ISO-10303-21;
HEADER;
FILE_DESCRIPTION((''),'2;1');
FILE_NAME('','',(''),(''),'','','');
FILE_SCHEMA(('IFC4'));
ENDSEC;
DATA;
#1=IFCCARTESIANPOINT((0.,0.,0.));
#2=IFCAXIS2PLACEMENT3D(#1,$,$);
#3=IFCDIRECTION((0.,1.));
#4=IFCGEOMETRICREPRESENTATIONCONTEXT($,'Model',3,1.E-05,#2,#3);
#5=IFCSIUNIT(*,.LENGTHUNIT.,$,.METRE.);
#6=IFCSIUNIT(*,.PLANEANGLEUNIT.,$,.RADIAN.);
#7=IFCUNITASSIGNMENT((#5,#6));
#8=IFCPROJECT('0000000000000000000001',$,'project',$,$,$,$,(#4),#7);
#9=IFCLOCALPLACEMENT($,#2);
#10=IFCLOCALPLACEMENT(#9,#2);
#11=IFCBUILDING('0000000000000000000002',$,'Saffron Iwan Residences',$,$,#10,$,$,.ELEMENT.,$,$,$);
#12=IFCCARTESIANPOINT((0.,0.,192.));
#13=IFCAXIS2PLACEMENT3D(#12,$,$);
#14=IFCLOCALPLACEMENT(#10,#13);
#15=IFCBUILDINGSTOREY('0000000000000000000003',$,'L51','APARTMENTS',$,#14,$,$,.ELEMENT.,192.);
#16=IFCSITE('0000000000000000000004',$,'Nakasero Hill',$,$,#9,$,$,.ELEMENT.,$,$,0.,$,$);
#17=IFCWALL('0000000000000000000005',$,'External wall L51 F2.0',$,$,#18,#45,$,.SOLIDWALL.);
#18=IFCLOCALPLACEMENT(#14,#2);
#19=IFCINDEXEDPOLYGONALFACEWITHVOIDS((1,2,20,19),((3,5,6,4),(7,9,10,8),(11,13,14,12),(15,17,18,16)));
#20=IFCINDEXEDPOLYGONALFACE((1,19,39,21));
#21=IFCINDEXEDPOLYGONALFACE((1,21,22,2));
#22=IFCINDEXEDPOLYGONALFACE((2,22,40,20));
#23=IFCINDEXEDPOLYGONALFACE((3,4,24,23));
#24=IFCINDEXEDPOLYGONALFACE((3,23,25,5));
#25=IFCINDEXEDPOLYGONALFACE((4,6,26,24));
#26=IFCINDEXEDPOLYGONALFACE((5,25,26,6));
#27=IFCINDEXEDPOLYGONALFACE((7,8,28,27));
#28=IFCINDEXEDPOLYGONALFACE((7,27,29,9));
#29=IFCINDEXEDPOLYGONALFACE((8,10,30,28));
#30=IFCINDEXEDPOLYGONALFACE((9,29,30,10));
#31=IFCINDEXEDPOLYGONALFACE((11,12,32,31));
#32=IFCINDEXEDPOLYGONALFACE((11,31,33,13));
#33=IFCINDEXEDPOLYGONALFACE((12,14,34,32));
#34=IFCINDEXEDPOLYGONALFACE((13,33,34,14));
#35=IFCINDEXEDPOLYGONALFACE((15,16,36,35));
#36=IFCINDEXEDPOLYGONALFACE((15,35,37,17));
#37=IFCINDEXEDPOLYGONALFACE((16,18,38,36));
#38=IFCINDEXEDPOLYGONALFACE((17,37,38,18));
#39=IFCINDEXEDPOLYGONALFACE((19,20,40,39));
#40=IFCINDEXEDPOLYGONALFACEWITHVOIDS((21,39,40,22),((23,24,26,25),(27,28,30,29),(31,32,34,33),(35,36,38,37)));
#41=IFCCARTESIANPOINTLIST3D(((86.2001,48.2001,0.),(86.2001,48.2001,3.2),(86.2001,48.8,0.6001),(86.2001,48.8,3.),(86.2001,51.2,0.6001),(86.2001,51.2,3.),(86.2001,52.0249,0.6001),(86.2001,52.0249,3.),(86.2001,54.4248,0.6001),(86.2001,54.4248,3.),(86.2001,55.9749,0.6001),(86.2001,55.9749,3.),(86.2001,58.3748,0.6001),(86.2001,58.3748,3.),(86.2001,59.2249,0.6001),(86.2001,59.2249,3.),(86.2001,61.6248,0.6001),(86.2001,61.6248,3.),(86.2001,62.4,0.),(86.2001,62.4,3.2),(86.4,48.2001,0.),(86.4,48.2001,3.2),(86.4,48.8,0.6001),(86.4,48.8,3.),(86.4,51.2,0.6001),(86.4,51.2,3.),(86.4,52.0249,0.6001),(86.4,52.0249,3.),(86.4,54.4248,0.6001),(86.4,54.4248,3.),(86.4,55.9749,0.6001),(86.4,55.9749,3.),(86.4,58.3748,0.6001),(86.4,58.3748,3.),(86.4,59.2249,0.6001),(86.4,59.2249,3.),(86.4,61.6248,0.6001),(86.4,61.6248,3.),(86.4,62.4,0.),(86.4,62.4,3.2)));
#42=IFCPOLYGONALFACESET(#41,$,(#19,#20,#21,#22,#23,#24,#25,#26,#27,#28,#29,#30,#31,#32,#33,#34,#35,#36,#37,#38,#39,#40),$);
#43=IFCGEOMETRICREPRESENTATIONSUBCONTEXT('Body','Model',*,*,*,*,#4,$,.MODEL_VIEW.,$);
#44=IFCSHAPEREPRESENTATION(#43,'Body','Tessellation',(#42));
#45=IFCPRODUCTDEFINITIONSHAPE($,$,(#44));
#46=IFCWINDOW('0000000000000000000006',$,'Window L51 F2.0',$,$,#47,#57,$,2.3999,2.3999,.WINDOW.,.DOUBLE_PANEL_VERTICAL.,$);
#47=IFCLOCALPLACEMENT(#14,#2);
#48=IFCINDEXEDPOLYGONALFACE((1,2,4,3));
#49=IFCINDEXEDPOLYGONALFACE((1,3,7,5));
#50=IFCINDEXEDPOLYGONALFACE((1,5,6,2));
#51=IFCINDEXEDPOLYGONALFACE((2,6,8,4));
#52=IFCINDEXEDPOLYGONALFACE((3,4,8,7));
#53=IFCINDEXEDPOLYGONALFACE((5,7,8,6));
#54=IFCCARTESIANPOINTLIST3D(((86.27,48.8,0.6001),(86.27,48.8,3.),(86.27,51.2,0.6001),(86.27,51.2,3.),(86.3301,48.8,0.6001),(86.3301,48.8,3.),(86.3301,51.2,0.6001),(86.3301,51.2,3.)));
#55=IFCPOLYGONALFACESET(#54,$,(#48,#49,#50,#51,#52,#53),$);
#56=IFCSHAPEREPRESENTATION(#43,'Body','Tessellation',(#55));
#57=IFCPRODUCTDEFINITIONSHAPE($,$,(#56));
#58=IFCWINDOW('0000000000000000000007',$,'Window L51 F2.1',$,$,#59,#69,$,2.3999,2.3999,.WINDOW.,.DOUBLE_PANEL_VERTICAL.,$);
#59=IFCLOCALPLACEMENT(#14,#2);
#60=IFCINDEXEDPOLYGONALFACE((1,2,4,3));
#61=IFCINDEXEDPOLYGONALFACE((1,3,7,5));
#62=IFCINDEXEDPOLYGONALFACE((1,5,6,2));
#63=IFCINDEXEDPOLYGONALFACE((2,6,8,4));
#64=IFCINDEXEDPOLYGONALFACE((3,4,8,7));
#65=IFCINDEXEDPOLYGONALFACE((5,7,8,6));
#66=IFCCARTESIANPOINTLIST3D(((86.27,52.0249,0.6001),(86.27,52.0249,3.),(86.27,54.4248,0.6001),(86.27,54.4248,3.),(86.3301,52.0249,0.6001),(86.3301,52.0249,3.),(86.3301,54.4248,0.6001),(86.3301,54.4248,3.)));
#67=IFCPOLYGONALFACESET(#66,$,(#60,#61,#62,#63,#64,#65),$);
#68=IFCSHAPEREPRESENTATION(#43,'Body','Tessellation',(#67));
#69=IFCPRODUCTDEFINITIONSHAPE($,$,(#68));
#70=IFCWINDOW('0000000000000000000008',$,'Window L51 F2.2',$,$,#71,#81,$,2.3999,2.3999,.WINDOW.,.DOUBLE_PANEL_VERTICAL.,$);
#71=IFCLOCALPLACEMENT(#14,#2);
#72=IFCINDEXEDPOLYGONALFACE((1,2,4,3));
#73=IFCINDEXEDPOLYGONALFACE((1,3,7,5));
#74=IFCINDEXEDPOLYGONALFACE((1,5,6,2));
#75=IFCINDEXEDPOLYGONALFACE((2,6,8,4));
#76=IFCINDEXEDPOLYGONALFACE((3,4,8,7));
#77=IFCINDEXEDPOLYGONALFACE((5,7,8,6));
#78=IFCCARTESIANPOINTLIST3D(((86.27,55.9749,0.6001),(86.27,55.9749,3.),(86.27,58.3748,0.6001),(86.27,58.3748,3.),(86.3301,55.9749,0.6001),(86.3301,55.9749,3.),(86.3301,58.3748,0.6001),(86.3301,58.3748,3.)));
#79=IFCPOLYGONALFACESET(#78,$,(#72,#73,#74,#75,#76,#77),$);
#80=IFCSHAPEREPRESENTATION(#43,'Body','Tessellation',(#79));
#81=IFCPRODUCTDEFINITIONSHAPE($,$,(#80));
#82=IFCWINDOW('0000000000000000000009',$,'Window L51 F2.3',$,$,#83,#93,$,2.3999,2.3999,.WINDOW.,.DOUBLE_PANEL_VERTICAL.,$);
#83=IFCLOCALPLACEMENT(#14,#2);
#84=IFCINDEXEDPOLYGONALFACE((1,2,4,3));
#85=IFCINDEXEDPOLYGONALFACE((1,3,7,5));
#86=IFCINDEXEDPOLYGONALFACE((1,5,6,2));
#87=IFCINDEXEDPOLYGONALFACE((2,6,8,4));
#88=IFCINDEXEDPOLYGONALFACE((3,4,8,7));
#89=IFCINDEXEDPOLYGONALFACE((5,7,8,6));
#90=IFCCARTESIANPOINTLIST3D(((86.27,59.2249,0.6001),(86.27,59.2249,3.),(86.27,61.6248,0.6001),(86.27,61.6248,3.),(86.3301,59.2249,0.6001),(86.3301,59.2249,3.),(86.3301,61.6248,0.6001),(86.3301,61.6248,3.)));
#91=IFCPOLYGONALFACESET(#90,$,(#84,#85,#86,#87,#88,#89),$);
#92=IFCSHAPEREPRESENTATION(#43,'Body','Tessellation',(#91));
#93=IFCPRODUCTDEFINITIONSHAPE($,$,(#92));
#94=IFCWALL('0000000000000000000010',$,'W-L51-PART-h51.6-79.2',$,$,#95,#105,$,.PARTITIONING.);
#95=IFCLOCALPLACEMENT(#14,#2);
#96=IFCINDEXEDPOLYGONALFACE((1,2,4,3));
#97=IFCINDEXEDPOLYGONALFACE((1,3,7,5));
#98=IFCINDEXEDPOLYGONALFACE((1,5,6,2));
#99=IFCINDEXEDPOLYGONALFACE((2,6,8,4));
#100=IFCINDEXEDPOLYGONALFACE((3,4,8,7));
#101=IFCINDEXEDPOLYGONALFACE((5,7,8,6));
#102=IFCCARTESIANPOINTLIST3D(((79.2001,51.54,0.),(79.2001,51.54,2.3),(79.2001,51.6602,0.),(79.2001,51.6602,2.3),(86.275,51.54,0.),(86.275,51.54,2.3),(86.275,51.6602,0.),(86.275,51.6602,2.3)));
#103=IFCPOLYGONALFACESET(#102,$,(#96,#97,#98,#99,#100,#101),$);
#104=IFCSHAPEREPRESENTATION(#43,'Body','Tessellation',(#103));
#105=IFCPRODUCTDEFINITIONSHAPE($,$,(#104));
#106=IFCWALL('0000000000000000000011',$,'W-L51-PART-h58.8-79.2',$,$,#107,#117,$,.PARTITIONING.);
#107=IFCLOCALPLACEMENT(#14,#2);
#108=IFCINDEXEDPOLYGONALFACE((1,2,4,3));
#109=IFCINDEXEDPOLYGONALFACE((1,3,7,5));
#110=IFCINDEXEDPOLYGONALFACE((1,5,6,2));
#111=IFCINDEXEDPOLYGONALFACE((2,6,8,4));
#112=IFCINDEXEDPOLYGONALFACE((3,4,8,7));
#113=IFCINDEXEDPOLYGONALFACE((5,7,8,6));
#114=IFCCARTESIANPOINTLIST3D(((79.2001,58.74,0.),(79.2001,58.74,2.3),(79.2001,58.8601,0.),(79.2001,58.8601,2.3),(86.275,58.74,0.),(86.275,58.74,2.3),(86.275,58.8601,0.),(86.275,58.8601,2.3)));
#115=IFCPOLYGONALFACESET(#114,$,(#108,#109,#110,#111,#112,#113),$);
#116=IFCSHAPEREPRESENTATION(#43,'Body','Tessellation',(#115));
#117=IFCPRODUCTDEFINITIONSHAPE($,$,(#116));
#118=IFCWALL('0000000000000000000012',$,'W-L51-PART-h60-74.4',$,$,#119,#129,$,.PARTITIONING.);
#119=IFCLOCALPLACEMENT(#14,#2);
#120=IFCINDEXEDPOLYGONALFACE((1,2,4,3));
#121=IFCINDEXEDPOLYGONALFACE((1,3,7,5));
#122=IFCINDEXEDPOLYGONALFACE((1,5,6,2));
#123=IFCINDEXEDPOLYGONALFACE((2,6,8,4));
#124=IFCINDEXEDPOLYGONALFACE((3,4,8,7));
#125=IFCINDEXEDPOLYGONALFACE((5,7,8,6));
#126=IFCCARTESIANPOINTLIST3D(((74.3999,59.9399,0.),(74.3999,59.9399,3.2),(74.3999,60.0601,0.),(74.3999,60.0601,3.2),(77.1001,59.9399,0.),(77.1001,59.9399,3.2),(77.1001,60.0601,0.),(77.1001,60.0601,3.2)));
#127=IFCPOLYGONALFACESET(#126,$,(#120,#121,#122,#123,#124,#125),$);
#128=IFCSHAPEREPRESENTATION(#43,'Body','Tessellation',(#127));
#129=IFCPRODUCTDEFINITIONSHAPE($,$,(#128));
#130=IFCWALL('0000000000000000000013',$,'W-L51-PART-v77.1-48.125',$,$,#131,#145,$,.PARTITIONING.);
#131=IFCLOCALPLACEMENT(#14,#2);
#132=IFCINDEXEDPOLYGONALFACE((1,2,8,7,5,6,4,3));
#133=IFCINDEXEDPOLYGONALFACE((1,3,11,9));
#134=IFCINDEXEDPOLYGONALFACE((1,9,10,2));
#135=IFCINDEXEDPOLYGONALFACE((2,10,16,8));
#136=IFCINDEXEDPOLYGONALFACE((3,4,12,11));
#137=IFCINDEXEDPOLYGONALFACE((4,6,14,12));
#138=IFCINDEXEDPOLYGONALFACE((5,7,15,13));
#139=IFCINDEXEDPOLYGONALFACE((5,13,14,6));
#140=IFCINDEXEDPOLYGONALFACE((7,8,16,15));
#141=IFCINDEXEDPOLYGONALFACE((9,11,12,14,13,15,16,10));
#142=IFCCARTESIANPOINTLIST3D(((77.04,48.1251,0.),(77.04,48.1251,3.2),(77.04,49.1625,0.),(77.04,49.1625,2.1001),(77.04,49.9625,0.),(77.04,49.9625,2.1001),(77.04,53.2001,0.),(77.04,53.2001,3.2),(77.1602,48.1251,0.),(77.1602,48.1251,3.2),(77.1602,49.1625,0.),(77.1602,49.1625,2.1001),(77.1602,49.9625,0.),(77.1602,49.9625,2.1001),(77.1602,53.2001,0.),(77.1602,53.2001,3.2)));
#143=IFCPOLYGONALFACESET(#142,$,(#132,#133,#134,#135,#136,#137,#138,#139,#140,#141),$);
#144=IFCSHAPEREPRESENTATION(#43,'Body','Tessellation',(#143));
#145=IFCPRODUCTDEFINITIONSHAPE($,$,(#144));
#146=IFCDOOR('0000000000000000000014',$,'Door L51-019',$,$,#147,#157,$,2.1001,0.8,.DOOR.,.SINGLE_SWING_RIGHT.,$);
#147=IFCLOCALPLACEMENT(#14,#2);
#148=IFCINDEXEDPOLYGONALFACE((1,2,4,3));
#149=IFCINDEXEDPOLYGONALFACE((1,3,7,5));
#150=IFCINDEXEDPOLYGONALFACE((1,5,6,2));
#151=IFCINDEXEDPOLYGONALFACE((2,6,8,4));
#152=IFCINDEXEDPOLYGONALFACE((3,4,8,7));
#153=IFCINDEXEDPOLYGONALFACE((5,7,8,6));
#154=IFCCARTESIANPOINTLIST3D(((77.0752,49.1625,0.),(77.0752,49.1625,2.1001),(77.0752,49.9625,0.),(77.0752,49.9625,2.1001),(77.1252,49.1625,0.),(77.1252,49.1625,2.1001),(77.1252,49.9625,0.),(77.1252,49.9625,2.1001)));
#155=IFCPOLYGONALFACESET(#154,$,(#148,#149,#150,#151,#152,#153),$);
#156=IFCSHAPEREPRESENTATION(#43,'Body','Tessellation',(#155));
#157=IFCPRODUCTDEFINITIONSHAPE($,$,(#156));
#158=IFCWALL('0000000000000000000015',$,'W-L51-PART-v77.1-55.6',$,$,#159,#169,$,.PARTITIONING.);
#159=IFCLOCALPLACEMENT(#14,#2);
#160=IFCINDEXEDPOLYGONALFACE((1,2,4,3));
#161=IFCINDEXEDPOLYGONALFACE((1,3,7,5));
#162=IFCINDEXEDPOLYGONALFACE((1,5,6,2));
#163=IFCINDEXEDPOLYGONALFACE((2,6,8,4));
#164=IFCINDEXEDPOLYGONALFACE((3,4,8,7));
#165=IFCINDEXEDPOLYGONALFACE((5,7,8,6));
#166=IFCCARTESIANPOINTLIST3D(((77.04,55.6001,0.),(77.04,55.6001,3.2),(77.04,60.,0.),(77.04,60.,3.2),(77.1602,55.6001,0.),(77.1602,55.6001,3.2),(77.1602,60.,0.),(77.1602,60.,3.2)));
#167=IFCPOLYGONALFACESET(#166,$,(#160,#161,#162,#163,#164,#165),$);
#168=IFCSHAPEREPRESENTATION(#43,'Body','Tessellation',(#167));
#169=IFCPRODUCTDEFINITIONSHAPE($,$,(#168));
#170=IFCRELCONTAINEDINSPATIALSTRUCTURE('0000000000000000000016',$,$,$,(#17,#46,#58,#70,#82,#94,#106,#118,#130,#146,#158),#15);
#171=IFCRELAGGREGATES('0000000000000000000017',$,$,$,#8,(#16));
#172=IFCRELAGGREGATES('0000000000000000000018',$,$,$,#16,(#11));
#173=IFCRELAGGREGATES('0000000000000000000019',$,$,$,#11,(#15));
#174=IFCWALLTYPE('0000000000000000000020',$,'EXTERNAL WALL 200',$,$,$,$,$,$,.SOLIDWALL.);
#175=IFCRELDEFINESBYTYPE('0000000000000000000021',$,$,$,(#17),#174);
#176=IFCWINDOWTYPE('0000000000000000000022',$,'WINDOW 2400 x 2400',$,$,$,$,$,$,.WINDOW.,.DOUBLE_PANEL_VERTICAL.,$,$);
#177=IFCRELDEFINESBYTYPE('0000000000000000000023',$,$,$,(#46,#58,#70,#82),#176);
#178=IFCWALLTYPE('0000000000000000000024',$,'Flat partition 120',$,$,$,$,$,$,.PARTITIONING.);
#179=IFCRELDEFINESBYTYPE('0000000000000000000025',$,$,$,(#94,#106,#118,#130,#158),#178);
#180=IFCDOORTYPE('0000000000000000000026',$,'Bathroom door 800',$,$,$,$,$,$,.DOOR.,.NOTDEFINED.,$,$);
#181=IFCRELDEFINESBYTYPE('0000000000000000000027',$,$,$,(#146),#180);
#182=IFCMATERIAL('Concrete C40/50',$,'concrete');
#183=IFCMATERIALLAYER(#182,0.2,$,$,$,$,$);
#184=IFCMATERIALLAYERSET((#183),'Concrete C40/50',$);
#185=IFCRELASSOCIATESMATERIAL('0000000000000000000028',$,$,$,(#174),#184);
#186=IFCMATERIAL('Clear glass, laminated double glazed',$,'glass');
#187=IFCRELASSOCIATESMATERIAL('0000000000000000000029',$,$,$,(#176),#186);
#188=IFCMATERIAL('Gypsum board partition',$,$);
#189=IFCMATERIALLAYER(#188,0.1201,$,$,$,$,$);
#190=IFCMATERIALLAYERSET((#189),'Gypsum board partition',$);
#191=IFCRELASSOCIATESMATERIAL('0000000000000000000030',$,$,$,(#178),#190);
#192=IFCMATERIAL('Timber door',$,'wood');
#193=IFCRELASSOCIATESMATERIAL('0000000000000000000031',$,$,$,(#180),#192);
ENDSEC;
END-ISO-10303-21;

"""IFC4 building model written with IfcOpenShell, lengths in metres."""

from ifc_helpers import new_model, si_unit, direction, frame, frame_2d, origin, place, context, subcontext, project, spatial, rectangle, extrude, material, layer, layer_set, type_object, element, fill, save


model = new_model("IFC4")

# Units and contexts
model_context = context("Model", 3, precision=1e-05, world=origin(), true_north=direction((0.0, 1.0)))
body_context = subcontext(model_context, "Body", "Model", "MODEL_VIEW")
ifc_project = project(units=[si_unit("LENGTHUNIT", "METRE"), si_unit("PLANEANGLEUNIT", "RADIAN")], contexts=[model_context])

# Site, building, storey
site_placement = place(None, origin())
site = spatial("IfcSite", under=ifc_project, at=site_placement, Name="Nakasero Hill", CompositionType="ELEMENT", RefElevation=0.0)
building_placement = place(site_placement, origin())
building = spatial("IfcBuilding", under=site, at=building_placement, Name="Saffron Iwan Residences", CompositionType="ELEMENT")
storey_placement = place(building_placement, frame((0.0, 0.0, 192.0)))
storey = spatial("IfcBuildingStorey", under=building, at=storey_placement, Name="L51", Description="APARTMENTS", CompositionType="ELEMENT", Elevation=192.0)

# Shared definitions
ifc_material_1 = material(Name="Concrete C40/50", Category="concrete")
ifc_layer_1 = layer(ifc_material_1, 0.2)
ifc_layer_set_1 = layer_set([ifc_layer_1], Name="Concrete C40/50")
wall_type_1 = type_object("IfcWallType", Name="EXTERNAL WALL 200", PredefinedType="SOLIDWALL", material=ifc_layer_set_1)
ifc_material_2 = material(Name="Clear glass, laminated double glazed", Category="glass")
window_type = type_object("IfcWindowType", Name="WINDOW 2400 x 2400", PartitioningType="DOUBLE_PANEL_VERTICAL", PredefinedType="WINDOW", material=ifc_material_2)

# Wall, openings, windows
wall_1_placement = place(storey_placement, frame((86.3, 48.2, 0.0), z_axis=(0.0, 0.0, 1.0), x_axis=(0.0, 1.0, 0.0)))
wall_1 = element("IfcWall", 1, at=wall_1_placement, inside=storey, type_object=wall_type_1, Name="External wall L51 F2.0", PredefinedType="SOLIDWALL", context=body_context, shape_type="SweptSolid", body=[
    extrude(rectangle(XDim=14.2, YDim=0.2, at=frame_2d((7.1001, 0.0))), origin(), (0.0, 0.0, 1.0), 3.2),
])
opening_1_placement = place(wall_1_placement, frame((0.6001, 0.0, 0.6001)))
opening_1 = element("IfcOpeningElement", 2, at=opening_1_placement, cuts=wall_1, PredefinedType="OPENING", context=body_context, shape_type="SweptSolid", body=[
    extrude(rectangle(XDim=2.3999, YDim=2.3999, at=frame_2d((1.2, 1.2))), frame((0.0, 0.1099, 0.0), z_axis=(0.0, -1.0, 0.0), x_axis=(1.0, 0.0, 0.0)), (0.0, 0.0, 1.0), 0.22),
])
opening_2_placement = place(wall_1_placement, frame((3.825, 0.0, 0.6001)))
opening_2 = element("IfcOpeningElement", 3, at=opening_2_placement, cuts=wall_1, PredefinedType="OPENING", context=body_context, shape_type="SweptSolid", body=[
    extrude(rectangle(XDim=2.3999, YDim=2.3999, at=frame_2d((1.2, 1.2))), frame((0.0, 0.1099, 0.0), z_axis=(0.0, -1.0, 0.0), x_axis=(1.0, 0.0, 0.0)), (0.0, 0.0, 1.0), 0.22),
])
opening_3_placement = place(wall_1_placement, frame((7.7749, 0.0, 0.6001)))
opening_3 = element("IfcOpeningElement", 4, at=opening_3_placement, cuts=wall_1, PredefinedType="OPENING", context=body_context, shape_type="SweptSolid", body=[
    extrude(rectangle(XDim=2.3999, YDim=2.3999, at=frame_2d((1.2, 1.2))), frame((0.0, 0.1099, 0.0), z_axis=(0.0, -1.0, 0.0), x_axis=(1.0, 0.0, 0.0)), (0.0, 0.0, 1.0), 0.22),
])
opening_4_placement = place(wall_1_placement, frame((11.0249, 0.0, 0.6001)))
opening_4 = element("IfcOpeningElement", 5, at=opening_4_placement, cuts=wall_1, PredefinedType="OPENING", context=body_context, shape_type="SweptSolid", body=[
    extrude(rectangle(XDim=2.3999, YDim=2.3999, at=frame_2d((1.2, 1.2))), frame((0.0, 0.1099, 0.0), z_axis=(0.0, -1.0, 0.0), x_axis=(1.0, 0.0, 0.0)), (0.0, 0.0, 1.0), 0.22),
])
window_1_placement = place(opening_1_placement, origin())
window_1 = element("IfcWindow", 6, at=window_1_placement, inside=storey, type_object=window_type, Name="Window L51 F2.0", OverallHeight=2.3999, OverallWidth=2.3999, PartitioningType="DOUBLE_PANEL_VERTICAL", PredefinedType="WINDOW", context=body_context, shape_type="SweptSolid", body=[
    extrude(rectangle(XDim=2.3999, YDim=2.3999, at=frame_2d((1.2, 1.2))), frame((0.0, 0.03, 0.0), z_axis=(0.0, -1.0, 0.0), x_axis=(1.0, 0.0, 0.0)), (0.0, 0.0, 1.0), 0.0601),
])
fill(opening_1, window_1)
window_2_placement = place(opening_2_placement, origin())
window_2 = element("IfcWindow", 7, at=window_2_placement, inside=storey, type_object=window_type, Name="Window L51 F2.1", OverallHeight=2.3999, OverallWidth=2.3999, PartitioningType="DOUBLE_PANEL_VERTICAL", PredefinedType="WINDOW", context=body_context, shape_type="SweptSolid", body=[
    extrude(rectangle(XDim=2.3999, YDim=2.3999, at=frame_2d((1.2, 1.2))), frame((0.0, 0.03, 0.0), z_axis=(0.0, -1.0, 0.0), x_axis=(1.0, 0.0, 0.0)), (0.0, 0.0, 1.0), 0.0601),
])
fill(opening_2, window_2)
window_3_placement = place(opening_3_placement, origin())
window_3 = element("IfcWindow", 8, at=window_3_placement, inside=storey, type_object=window_type, Name="Window L51 F2.2", OverallHeight=2.3999, OverallWidth=2.3999, PartitioningType="DOUBLE_PANEL_VERTICAL", PredefinedType="WINDOW", context=body_context, shape_type="SweptSolid", body=[
    extrude(rectangle(XDim=2.3999, YDim=2.3999, at=frame_2d((1.2, 1.2))), frame((0.0, 0.03, 0.0), z_axis=(0.0, -1.0, 0.0), x_axis=(1.0, 0.0, 0.0)), (0.0, 0.0, 1.0), 0.0601),
])
fill(opening_3, window_3)
window_4_placement = place(opening_4_placement, origin())
window_4 = element("IfcWindow", 9, at=window_4_placement, inside=storey, type_object=window_type, Name="Window L51 F2.3", OverallHeight=2.3999, OverallWidth=2.3999, PartitioningType="DOUBLE_PANEL_VERTICAL", PredefinedType="WINDOW", context=body_context, shape_type="SweptSolid", body=[
    extrude(rectangle(XDim=2.3999, YDim=2.3999, at=frame_2d((1.2, 1.2))), frame((0.0, 0.03, 0.0), z_axis=(0.0, -1.0, 0.0), x_axis=(1.0, 0.0, 0.0)), (0.0, 0.0, 1.0), 0.0601),
])
fill(opening_4, window_4)

# Walls
ifc_material_3 = material(Name="Gypsum board partition")
ifc_layer_2 = layer(ifc_material_3, 0.1201)
ifc_layer_set_2 = layer_set([ifc_layer_2], Name="Gypsum board partition")
wall_type_2 = type_object("IfcWallType", Name="Flat partition 120", PredefinedType="PARTITIONING", material=ifc_layer_set_2)
for number, where, z_axis, x_axis, name in (
    (10, (79.2, 51.6001, 0.0), (0.0, 0.0, 1.0), (1.0, 0.0, 0.0), "W-L51-PART-h51.6-79.2"),
    (11, (79.2, 58.8, 0.0), (0.0, 0.0, 1.0), (1.0, 0.0, 0.0), "W-L51-PART-h58.8-79.2"),
):
    element("IfcWall", number, at=place(storey_placement, frame(where, z_axis=z_axis, x_axis=x_axis)), inside=storey, type_object=wall_type_2, Name=name, PredefinedType="PARTITIONING", context=body_context, shape_type="SweptSolid", body=[
        extrude(rectangle(XDim=7.075, YDim=0.1201, at=frame_2d((3.5376, 0.0))), origin(), (0.0, 0.0, 1.0), 2.3),
    ])
wall_2_placement = place(storey_placement, frame((74.3999, 60.0, 0.0), z_axis=(0.0, 0.0, 1.0), x_axis=(1.0, 0.0, 0.0)))
element("IfcWall", 12, at=wall_2_placement, inside=storey, type_object=wall_type_2, Name="W-L51-PART-h60-74.4", PredefinedType="PARTITIONING", context=body_context, shape_type="SweptSolid", body=[
    extrude(rectangle(XDim=2.7002, YDim=0.1201, at=frame_2d((1.3501, 0.0))), origin(), (0.0, 0.0, 1.0), 3.2),
])

# Wall, opening, door
wall_3_placement = place(storey_placement, frame((77.1001, 48.125, 0.0), z_axis=(0.0, 0.0, 1.0), x_axis=(0.0, 1.0, 0.0)))
wall_3 = element("IfcWall", 13, at=wall_3_placement, inside=storey, type_object=wall_type_2, Name="W-L51-PART-v77.1-48.125", PredefinedType="PARTITIONING", context=body_context, shape_type="SweptSolid", body=[
    extrude(rectangle(XDim=5.075, YDim=0.1201, at=frame_2d((2.5376, 0.0))), origin(), (0.0, 0.0, 1.0), 3.2),
])
opening_5_placement = place(wall_3_placement, frame((1.0376, 0.0, 0.0)))
opening_5 = element("IfcOpeningElement", 14, at=opening_5_placement, cuts=wall_3, PredefinedType="OPENING", context=body_context, shape_type="SweptSolid", body=[
    extrude(rectangle(XDim=0.8, YDim=2.1001, at=frame_2d((0.3999, 1.05))), frame((0.0, 0.0701, 0.0), z_axis=(0.0, -1.0, 0.0), x_axis=(1.0, 0.0, 0.0)), (0.0, 0.0, 1.0), 0.1401),
])
ifc_material_4 = material(Name="Timber door", Category="wood")
door_type_1 = type_object("IfcDoorType", Name="Bathroom door 800", OperationType="NOTDEFINED", PredefinedType="DOOR", material=ifc_material_4)
door_1_placement = place(opening_5_placement, origin())
door_1 = element("IfcDoor", 15, at=door_1_placement, inside=storey, type_object=door_type_1, Name="Door L51-019", OperationType="SINGLE_SWING_RIGHT", OverallHeight=2.1001, OverallWidth=0.8, PredefinedType="DOOR", context=body_context, shape_type="SweptSolid", body=[
    extrude(rectangle(XDim=0.8, YDim=2.1001, at=frame_2d((0.3999, 1.05))), frame((0.0, 0.0249, 0.0), z_axis=(0.0, -1.0, 0.0), x_axis=(1.0, 0.0, 0.0)), (0.0, 0.0, 1.0), 0.05),
])
fill(opening_5, door_1)

# Wall
wall_4_placement = place(storey_placement, frame((77.1001, 55.6001, 0.0), z_axis=(0.0, 0.0, 1.0), x_axis=(0.0, 1.0, 0.0)))
element("IfcWall", 16, at=wall_4_placement, inside=storey, type_object=wall_type_2, Name="W-L51-PART-v77.1-55.6", PredefinedType="PARTITIONING", context=body_context, shape_type="SweptSolid", body=[
    extrude(rectangle(XDim=4.3999, YDim=0.1201, at=frame_2d((2.2, 0.0))), origin(), (0.0, 0.0, 1.0), 3.2),
])

save(model, "model.ifc")
